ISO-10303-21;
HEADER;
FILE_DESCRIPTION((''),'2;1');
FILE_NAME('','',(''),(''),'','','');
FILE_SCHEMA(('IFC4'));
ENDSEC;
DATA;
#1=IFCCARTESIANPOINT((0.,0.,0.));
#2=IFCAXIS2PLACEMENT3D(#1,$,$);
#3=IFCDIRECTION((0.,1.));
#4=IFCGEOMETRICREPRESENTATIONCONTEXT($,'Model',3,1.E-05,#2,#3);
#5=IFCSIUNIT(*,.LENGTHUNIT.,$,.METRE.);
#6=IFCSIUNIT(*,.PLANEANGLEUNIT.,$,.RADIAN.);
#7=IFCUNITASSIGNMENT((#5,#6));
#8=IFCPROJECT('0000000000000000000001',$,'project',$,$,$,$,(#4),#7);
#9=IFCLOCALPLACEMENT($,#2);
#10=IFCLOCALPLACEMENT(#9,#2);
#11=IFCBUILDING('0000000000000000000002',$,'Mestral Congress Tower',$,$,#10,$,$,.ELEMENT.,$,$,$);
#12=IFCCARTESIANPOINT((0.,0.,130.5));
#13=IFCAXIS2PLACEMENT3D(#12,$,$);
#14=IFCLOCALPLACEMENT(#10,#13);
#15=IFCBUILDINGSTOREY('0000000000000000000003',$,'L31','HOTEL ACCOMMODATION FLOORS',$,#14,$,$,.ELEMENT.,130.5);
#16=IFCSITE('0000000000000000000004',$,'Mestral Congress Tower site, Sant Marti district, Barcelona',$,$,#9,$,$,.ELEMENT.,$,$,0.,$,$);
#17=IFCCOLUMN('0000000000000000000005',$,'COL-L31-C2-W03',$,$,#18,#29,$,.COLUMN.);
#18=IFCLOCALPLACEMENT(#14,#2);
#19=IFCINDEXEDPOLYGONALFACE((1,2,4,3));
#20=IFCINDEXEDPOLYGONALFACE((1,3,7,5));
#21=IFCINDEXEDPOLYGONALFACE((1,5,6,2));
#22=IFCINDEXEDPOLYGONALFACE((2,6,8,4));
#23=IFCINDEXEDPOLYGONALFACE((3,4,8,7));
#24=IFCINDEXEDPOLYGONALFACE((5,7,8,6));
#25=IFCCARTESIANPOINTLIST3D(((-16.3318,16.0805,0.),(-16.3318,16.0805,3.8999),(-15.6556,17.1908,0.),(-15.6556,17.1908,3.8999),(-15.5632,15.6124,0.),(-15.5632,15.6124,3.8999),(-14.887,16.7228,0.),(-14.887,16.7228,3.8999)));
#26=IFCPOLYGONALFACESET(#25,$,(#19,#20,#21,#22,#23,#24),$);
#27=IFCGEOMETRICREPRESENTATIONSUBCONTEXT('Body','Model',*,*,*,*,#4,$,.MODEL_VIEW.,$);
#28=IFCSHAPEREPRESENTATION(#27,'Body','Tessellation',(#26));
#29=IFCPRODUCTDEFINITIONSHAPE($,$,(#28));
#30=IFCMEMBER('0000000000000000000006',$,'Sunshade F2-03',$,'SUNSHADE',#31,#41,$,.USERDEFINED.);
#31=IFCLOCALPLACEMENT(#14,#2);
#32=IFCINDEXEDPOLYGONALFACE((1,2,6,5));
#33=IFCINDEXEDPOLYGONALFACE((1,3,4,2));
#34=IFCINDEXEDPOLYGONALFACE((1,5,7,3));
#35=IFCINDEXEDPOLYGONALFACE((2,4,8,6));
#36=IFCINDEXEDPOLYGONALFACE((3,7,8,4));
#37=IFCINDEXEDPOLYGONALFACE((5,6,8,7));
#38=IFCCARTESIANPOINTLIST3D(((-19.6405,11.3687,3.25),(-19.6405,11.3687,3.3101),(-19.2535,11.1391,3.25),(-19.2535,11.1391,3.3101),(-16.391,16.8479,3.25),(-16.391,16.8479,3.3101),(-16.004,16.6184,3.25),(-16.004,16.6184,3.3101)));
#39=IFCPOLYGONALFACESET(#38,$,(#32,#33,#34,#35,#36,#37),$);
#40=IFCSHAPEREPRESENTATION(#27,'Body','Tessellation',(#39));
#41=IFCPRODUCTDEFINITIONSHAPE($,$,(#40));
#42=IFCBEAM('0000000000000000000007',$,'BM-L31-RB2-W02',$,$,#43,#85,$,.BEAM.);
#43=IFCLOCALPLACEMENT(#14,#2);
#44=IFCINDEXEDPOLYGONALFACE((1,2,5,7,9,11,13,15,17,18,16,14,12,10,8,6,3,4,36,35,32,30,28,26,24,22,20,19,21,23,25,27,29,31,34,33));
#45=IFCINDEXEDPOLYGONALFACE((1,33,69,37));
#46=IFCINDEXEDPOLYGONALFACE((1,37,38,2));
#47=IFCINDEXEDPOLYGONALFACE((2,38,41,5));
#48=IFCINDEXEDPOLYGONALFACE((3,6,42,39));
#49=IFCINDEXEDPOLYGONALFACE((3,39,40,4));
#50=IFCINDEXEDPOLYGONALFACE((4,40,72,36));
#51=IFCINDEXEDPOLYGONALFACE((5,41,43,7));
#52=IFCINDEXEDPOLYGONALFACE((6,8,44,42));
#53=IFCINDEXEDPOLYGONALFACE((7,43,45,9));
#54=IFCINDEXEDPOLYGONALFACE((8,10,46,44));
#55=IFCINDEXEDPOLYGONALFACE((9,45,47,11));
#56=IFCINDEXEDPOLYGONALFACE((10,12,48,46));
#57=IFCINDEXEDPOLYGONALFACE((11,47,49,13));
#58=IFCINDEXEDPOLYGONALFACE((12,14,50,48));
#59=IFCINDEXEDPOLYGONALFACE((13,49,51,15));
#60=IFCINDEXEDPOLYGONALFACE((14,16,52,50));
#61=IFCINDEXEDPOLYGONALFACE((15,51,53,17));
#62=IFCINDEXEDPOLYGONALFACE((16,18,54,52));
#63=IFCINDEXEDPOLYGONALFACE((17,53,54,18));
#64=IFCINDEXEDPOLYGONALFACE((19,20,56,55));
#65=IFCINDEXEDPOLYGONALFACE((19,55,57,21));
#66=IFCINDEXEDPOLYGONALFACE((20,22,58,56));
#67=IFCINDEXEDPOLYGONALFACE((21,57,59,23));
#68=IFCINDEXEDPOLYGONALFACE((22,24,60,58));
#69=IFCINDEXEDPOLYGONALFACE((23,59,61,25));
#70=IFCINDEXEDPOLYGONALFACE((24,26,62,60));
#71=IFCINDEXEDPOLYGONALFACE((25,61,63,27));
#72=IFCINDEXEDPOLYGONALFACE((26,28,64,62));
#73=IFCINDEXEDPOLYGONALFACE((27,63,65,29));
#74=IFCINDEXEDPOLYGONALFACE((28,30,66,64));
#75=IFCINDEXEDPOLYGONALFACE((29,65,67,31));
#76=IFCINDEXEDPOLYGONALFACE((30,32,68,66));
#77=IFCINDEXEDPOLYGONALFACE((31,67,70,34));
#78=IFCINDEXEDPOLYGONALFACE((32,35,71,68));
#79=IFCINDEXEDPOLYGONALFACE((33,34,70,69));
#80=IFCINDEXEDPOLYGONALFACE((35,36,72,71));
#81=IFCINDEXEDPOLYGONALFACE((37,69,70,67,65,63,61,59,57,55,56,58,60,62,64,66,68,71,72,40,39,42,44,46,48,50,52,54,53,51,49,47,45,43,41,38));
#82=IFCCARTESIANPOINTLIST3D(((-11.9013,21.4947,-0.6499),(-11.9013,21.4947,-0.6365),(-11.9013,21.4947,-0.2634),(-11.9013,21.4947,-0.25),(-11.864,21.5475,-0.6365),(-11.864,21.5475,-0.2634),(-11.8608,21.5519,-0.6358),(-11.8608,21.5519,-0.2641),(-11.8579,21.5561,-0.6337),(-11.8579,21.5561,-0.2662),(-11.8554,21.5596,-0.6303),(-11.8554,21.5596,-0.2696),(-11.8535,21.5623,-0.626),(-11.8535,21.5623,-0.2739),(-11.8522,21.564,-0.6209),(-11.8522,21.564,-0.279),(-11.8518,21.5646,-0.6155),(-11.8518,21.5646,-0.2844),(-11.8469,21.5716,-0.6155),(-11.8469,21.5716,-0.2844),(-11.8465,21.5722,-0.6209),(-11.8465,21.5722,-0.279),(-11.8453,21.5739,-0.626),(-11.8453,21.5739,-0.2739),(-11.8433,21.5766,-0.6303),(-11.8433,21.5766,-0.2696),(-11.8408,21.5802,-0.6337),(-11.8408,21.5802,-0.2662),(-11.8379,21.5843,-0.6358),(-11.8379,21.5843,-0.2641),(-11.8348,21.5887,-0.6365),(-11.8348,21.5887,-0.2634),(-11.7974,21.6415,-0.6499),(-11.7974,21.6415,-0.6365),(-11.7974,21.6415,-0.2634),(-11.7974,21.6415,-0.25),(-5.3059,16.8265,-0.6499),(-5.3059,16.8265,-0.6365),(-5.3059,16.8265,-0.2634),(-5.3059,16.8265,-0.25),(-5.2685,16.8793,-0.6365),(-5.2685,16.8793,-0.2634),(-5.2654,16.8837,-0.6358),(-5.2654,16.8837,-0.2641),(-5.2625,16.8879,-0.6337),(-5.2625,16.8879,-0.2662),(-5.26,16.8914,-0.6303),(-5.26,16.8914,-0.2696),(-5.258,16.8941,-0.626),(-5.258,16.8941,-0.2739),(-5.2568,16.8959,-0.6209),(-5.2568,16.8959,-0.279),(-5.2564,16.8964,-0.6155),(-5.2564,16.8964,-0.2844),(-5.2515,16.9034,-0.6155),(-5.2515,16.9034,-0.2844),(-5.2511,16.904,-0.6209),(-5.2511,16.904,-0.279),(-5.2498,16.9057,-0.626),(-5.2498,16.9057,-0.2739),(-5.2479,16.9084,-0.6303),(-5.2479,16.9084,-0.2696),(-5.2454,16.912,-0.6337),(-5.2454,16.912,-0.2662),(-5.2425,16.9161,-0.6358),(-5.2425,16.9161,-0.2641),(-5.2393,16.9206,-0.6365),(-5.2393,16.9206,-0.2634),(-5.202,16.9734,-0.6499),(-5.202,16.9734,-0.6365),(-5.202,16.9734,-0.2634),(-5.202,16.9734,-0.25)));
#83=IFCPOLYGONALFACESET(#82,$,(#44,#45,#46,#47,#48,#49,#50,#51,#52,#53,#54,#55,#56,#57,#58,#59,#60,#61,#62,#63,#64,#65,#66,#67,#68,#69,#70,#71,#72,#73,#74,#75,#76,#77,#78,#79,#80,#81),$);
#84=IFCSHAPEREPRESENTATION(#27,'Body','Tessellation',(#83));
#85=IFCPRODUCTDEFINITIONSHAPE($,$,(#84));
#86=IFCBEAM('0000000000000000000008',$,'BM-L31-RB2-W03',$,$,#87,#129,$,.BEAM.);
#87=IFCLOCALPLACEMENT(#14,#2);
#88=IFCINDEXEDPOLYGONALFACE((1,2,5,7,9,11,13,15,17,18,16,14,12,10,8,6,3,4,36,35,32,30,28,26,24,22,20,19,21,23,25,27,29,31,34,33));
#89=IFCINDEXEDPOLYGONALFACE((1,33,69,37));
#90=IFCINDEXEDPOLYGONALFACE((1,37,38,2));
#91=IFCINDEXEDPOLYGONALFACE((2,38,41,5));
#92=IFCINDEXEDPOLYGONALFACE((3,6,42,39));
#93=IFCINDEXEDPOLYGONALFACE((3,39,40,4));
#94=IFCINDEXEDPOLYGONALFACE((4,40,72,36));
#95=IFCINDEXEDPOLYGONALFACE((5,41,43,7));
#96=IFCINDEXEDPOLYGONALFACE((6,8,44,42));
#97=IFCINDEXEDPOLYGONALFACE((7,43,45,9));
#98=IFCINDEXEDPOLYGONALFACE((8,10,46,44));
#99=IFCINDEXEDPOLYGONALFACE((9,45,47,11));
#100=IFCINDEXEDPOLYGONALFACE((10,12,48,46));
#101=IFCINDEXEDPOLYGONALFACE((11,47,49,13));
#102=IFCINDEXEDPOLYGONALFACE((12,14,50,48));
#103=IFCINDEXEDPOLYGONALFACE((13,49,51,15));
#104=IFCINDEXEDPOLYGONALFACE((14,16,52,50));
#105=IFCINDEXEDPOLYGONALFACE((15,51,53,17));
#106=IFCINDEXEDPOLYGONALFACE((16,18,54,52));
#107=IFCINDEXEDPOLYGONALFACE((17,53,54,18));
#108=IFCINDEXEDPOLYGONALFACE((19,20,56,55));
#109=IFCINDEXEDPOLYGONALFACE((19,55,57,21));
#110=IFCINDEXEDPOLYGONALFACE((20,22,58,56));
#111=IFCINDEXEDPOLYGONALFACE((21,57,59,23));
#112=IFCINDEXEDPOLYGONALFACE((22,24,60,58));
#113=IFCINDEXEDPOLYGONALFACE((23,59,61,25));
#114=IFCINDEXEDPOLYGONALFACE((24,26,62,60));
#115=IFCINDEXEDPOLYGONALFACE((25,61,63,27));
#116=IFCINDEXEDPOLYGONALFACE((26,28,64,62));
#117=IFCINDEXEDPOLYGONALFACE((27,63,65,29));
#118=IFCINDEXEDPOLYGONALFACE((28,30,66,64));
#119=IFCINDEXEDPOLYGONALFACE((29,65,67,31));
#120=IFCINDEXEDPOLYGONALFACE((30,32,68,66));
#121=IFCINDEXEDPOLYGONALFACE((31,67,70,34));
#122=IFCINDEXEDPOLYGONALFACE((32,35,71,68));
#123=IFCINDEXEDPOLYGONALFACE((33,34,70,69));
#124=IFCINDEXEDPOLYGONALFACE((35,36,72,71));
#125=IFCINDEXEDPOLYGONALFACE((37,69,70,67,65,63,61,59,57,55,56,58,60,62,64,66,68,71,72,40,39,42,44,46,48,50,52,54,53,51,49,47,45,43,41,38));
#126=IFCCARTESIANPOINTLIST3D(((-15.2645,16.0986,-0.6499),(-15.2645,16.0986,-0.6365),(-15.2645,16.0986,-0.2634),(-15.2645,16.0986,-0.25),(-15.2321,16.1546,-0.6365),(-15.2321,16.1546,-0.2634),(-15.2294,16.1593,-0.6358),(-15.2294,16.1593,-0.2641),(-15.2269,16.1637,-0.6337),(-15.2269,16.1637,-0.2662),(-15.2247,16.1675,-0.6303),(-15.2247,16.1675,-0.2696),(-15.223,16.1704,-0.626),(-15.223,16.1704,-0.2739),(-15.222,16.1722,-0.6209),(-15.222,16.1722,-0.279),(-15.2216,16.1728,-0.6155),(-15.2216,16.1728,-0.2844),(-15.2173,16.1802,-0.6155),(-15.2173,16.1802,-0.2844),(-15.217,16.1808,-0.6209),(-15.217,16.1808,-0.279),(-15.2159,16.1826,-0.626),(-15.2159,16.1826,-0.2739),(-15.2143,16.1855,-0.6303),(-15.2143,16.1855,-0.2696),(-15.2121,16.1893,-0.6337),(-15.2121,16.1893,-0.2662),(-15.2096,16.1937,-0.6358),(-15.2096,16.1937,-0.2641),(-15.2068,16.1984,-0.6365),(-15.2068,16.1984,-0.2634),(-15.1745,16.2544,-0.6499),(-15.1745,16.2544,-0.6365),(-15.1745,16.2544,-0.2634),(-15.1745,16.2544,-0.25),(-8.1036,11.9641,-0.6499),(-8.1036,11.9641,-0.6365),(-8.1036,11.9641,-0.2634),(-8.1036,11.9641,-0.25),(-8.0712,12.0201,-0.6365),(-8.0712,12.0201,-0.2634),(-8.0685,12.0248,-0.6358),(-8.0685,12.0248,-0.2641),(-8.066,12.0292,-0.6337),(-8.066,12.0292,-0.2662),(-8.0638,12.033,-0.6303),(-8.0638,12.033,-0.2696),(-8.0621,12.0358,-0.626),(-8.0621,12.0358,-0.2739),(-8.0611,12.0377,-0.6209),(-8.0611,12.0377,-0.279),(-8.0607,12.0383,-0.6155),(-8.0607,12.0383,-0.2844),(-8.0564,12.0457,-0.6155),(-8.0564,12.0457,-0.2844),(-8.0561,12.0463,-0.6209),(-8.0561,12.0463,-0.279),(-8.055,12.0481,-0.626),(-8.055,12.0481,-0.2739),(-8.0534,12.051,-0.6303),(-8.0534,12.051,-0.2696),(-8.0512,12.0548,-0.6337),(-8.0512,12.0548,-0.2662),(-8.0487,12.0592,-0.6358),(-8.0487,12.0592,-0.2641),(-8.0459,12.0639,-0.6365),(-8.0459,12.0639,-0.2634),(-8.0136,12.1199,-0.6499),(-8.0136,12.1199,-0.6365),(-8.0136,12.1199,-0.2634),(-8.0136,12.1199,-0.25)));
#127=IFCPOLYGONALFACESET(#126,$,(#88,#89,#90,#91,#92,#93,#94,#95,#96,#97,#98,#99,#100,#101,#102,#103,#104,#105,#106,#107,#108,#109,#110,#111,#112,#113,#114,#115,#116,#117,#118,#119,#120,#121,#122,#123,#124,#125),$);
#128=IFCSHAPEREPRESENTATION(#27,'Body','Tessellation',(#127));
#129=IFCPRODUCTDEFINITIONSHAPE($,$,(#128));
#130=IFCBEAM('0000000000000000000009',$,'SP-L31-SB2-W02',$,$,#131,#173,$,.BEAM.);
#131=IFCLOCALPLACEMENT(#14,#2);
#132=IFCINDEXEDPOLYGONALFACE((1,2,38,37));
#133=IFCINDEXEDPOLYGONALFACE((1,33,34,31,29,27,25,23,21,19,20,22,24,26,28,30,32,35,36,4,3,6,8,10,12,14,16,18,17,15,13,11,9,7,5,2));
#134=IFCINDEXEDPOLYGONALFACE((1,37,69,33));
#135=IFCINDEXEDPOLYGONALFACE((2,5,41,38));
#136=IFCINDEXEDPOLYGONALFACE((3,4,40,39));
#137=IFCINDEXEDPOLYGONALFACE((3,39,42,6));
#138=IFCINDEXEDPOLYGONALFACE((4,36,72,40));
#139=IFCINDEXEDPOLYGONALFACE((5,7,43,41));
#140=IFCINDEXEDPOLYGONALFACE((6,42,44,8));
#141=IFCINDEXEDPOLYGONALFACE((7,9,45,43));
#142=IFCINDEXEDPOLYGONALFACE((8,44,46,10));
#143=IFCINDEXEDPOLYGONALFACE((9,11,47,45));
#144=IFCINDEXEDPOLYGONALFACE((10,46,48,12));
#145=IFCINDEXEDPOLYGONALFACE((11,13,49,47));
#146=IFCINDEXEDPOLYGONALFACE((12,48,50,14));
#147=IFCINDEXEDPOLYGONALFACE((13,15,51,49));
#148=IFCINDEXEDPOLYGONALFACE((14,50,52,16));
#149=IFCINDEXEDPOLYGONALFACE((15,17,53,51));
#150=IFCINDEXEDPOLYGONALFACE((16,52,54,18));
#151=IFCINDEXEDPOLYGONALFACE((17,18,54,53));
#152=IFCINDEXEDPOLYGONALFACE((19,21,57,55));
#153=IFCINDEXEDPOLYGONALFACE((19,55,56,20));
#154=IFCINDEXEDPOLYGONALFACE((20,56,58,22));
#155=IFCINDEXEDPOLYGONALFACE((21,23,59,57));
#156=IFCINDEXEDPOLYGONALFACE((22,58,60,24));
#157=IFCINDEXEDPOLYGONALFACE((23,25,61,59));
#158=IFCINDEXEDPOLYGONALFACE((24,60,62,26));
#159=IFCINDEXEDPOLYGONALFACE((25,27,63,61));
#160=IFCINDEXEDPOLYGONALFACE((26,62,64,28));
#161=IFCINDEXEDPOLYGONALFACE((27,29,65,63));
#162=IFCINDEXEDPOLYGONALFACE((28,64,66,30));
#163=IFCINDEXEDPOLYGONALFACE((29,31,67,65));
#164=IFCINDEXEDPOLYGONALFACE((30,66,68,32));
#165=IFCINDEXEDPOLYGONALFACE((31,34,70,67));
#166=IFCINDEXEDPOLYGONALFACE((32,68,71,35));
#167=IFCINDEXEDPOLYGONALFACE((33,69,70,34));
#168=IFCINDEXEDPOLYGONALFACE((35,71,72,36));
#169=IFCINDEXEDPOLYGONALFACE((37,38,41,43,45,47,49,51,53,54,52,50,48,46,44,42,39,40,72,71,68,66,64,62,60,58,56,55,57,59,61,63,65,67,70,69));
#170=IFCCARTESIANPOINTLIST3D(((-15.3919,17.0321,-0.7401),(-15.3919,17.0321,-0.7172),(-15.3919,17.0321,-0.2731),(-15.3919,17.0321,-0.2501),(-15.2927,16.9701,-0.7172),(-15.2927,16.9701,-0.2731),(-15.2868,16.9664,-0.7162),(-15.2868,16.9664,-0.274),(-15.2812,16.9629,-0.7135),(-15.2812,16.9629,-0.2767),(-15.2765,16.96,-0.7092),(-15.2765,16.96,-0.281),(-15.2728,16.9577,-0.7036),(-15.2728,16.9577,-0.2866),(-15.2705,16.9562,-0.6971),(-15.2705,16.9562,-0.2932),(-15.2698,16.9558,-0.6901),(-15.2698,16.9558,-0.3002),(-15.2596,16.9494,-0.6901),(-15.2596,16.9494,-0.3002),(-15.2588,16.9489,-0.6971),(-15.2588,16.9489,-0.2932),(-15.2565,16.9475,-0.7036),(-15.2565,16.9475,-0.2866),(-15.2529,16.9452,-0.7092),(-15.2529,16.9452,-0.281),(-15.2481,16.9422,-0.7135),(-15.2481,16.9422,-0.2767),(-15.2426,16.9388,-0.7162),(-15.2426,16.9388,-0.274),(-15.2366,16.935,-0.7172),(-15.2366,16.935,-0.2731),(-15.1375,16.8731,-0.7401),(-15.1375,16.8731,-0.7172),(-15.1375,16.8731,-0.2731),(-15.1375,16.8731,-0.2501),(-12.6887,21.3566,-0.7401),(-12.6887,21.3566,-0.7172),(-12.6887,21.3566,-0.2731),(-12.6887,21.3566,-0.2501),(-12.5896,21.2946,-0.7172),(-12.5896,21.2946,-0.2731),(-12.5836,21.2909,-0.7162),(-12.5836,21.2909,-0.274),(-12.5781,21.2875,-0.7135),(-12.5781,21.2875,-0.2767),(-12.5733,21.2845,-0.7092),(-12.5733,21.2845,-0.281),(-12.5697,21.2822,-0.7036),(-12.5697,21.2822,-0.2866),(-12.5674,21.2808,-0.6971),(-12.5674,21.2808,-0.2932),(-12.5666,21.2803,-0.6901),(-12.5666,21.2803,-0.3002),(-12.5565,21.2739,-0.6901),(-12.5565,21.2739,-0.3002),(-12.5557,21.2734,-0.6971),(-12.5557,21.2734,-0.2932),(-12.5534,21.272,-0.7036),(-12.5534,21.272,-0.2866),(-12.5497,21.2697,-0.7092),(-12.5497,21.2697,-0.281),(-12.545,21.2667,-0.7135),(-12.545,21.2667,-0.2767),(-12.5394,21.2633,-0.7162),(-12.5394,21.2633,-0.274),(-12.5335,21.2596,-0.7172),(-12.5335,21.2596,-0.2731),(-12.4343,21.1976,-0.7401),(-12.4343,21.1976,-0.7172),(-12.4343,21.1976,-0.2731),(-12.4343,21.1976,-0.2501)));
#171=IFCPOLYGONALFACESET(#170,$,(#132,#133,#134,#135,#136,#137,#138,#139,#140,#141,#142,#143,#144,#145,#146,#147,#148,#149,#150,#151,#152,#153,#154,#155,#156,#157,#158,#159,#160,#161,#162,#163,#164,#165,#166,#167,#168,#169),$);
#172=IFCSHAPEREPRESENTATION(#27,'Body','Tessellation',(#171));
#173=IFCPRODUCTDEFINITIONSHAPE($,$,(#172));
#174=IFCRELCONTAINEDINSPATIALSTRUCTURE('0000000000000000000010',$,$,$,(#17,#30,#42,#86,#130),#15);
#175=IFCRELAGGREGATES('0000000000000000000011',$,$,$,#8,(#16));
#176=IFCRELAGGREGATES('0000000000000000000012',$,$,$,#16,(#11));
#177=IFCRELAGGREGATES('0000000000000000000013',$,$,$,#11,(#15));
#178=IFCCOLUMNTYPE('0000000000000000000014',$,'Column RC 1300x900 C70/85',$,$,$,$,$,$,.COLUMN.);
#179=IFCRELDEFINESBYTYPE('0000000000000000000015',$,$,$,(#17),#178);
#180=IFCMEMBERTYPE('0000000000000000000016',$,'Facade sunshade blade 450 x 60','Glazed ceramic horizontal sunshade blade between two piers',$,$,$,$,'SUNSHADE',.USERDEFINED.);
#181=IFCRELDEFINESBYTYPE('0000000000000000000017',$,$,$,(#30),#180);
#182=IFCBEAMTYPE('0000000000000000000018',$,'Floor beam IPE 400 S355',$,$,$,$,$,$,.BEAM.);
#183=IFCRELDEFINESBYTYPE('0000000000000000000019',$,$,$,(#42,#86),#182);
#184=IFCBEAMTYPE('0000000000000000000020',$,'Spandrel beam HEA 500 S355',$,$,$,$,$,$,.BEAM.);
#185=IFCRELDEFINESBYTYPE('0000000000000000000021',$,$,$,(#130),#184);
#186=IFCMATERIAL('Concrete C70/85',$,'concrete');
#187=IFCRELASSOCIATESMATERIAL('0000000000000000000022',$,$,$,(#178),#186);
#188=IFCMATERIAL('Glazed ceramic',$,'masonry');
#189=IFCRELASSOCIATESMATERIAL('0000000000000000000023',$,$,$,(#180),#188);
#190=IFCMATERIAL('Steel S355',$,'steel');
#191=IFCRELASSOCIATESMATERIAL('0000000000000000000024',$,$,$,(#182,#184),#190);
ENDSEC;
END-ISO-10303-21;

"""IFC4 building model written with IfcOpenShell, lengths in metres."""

from ifc_helpers import new_model, si_unit, direction, frame, origin, origin_2d, place, context, subcontext, project, spatial, rectangle, i_section, extrude, material, material_profile, profile_set, type_object, element, save


model = new_model("IFC4")

# Units and contexts
model_context = context("Model", 3, precision=1e-05, world=origin(), true_north=direction((0.0, 1.0)))
body_context = subcontext(model_context, "Body", "Model", "MODEL_VIEW")
ifc_project = project(units=[si_unit("LENGTHUNIT", "METRE"), si_unit("PLANEANGLEUNIT", "RADIAN")], contexts=[model_context])

# Site, building, storey
site_placement = place(None, origin())
site = spatial("IfcSite", under=ifc_project, at=site_placement, Name="Mestral Congress Tower site, Sant Marti district, Barcelona", CompositionType="ELEMENT", RefElevation=0.0)
building_placement = place(site_placement, origin())
building = spatial("IfcBuilding", under=site, at=building_placement, Name="Mestral Congress Tower", CompositionType="ELEMENT")
storey_placement = place(building_placement, frame((0.0, 0.0, 130.5)))
storey = spatial("IfcBuildingStorey", under=building, at=storey_placement, Name="L31", Description="HOTEL ACCOMMODATION FLOORS", CompositionType="ELEMENT", Elevation=130.5)

# Column
ifc_material_1 = material(Name="Concrete C70/85", Category="concrete")
ifc_material_profile_1 = material_profile(ifc_material_1, rectangle(XDim=1.3, YDim=0.8999, at=origin_2d()), Name="RC 1300x900")
ifc_profile_set_1 = profile_set([ifc_material_profile_1], Name="Concrete C70/85")
column_type = type_object("IfcColumnType", Name="Column RC 1300x900 C70/85", PredefinedType="COLUMN", material=ifc_profile_set_1)
column_placement = place(storey_placement, frame((-15.6094, 16.4016, 0.0), z_axis=(0.0, 0.0, 1.0), x_axis=(-0.520114, -0.854097, 0.0)))
element("IfcColumn", 1, at=column_placement, inside=storey, type_object=column_type, Name="COL-L31-C2-W03", PredefinedType="COLUMN", context=body_context, shape_type="SweptSolid", body=[
    extrude(rectangle(XDim=1.3, YDim=0.8999, at=origin_2d()), origin(), (0.0, 0.0, 1.0), 3.8999),
])

# Member
ifc_material_2 = material(Name="Glazed ceramic", Category="masonry")
ifc_material_profile_2 = material_profile(ifc_material_2, rectangle(XDim=0.45, YDim=0.0601, at=origin_2d()), Name="Ceramic blade 450 x 60")
ifc_profile_set_2 = profile_set([ifc_material_profile_2], Name="Glazed ceramic")
member_type = type_object("IfcMemberType", Name="Facade sunshade blade 450 x 60", Description="Glazed ceramic horizontal sunshade blade between two piers", ElementType="SUNSHADE", PredefinedType="USERDEFINED", material=ifc_profile_set_2)
member_placement = place(storey_placement, frame((-16.1975, 16.7332, 3.28), z_axis=(-0.510099, -0.860116, 0.0), x_axis=(0.860116, -0.510099, 0.0)))
element("IfcMember", 2, at=member_placement, inside=storey, type_object=member_type, Name="Sunshade F2-03", ObjectType="SUNSHADE", PredefinedType="USERDEFINED", context=body_context, shape_type="SweptSolid", body=[
    extrude(rectangle(XDim=0.45, YDim=0.0601, at=origin_2d()), origin(), (0.0, 0.0, 1.0), 6.3704),
])

# Beams
ifc_material_3 = material(Name="Steel S355", Category="steel")
ifc_material_profile_3 = material_profile(ifc_material_3, i_section(OverallWidth=0.1799, OverallDepth=0.3999, WebThickness=0.0085, FlangeThickness=0.0134, FilletRadius=0.021, at=origin_2d()), Name="IPE 400")
ifc_profile_set_3 = profile_set([ifc_material_profile_3], Name="Steel S355")
beam_type_1 = type_object("IfcBeamType", Name="Floor beam IPE 400 S355", PredefinedType="BEAM", material=ifc_profile_set_3)
beam_1_placement = place(storey_placement, frame((-11.8494, 21.5681, -0.45), z_axis=(0.816233, -0.577723, 0.0), x_axis=(0.577723, 0.816233, 0.0)))
element("IfcBeam", 3, at=beam_1_placement, inside=storey, type_object=beam_type_1, Name="BM-L31-RB2-W02", PredefinedType="BEAM", context=body_context, shape_type="SweptSolid", body=[
    extrude(i_section(OverallWidth=0.1799, OverallDepth=0.3999, WebThickness=0.0085, FlangeThickness=0.0134, FilletRadius=0.021, at=origin_2d()), origin(), (0.0, 0.0, 1.0), 8.0803),
])
beam_2_placement = place(storey_placement, frame((-15.2195, 16.1765, -0.45), z_axis=(0.866016, -0.500016, 0.0), x_axis=(0.500016, 0.866016, 0.0)))
element("IfcBeam", 4, at=beam_2_placement, inside=storey, type_object=beam_type_1, Name="BM-L31-RB2-W03", PredefinedType="BEAM", context=body_context, shape_type="SweptSolid", body=[
    extrude(i_section(OverallWidth=0.1799, OverallDepth=0.3999, WebThickness=0.0085, FlangeThickness=0.0134, FilletRadius=0.021, at=origin_2d()), origin(), (0.0, 0.0, 1.0), 8.2688),
])
ifc_material_profile_4 = material_profile(ifc_material_3, i_section(OverallWidth=0.3, OverallDepth=0.49, WebThickness=0.012, FlangeThickness=0.0229, FilletRadius=0.0271, at=origin_2d()), Name="HEA 500")
ifc_profile_set_4 = profile_set([ifc_material_profile_4], Name="Steel S355")
beam_type_2 = type_object("IfcBeamType", Name="Spandrel beam HEA 500 S355", PredefinedType="BEAM", material=ifc_profile_set_4)
for number, where, z_axis, x_axis, name in (
    (5, (-12.5615, 21.2771, -0.4951), (-0.530046, -0.847969, 0.0), (0.847969, -0.530046, 0.0), "SP-L31-SB2-W02"),
):
    element("IfcBeam", number, at=place(storey_placement, frame(where, z_axis=z_axis, x_axis=x_axis)), inside=storey, type_object=beam_type_2, Name=name, PredefinedType="BEAM", context=body_context, shape_type="SweptSolid", body=[
        extrude(i_section(OverallWidth=0.3, OverallDepth=0.49, WebThickness=0.012, FlangeThickness=0.0229, FilletRadius=0.0271, at=origin_2d()), origin(), (0.0, 0.0, 1.0), 5.0999),
    ])

save(model, "model.ifc")
